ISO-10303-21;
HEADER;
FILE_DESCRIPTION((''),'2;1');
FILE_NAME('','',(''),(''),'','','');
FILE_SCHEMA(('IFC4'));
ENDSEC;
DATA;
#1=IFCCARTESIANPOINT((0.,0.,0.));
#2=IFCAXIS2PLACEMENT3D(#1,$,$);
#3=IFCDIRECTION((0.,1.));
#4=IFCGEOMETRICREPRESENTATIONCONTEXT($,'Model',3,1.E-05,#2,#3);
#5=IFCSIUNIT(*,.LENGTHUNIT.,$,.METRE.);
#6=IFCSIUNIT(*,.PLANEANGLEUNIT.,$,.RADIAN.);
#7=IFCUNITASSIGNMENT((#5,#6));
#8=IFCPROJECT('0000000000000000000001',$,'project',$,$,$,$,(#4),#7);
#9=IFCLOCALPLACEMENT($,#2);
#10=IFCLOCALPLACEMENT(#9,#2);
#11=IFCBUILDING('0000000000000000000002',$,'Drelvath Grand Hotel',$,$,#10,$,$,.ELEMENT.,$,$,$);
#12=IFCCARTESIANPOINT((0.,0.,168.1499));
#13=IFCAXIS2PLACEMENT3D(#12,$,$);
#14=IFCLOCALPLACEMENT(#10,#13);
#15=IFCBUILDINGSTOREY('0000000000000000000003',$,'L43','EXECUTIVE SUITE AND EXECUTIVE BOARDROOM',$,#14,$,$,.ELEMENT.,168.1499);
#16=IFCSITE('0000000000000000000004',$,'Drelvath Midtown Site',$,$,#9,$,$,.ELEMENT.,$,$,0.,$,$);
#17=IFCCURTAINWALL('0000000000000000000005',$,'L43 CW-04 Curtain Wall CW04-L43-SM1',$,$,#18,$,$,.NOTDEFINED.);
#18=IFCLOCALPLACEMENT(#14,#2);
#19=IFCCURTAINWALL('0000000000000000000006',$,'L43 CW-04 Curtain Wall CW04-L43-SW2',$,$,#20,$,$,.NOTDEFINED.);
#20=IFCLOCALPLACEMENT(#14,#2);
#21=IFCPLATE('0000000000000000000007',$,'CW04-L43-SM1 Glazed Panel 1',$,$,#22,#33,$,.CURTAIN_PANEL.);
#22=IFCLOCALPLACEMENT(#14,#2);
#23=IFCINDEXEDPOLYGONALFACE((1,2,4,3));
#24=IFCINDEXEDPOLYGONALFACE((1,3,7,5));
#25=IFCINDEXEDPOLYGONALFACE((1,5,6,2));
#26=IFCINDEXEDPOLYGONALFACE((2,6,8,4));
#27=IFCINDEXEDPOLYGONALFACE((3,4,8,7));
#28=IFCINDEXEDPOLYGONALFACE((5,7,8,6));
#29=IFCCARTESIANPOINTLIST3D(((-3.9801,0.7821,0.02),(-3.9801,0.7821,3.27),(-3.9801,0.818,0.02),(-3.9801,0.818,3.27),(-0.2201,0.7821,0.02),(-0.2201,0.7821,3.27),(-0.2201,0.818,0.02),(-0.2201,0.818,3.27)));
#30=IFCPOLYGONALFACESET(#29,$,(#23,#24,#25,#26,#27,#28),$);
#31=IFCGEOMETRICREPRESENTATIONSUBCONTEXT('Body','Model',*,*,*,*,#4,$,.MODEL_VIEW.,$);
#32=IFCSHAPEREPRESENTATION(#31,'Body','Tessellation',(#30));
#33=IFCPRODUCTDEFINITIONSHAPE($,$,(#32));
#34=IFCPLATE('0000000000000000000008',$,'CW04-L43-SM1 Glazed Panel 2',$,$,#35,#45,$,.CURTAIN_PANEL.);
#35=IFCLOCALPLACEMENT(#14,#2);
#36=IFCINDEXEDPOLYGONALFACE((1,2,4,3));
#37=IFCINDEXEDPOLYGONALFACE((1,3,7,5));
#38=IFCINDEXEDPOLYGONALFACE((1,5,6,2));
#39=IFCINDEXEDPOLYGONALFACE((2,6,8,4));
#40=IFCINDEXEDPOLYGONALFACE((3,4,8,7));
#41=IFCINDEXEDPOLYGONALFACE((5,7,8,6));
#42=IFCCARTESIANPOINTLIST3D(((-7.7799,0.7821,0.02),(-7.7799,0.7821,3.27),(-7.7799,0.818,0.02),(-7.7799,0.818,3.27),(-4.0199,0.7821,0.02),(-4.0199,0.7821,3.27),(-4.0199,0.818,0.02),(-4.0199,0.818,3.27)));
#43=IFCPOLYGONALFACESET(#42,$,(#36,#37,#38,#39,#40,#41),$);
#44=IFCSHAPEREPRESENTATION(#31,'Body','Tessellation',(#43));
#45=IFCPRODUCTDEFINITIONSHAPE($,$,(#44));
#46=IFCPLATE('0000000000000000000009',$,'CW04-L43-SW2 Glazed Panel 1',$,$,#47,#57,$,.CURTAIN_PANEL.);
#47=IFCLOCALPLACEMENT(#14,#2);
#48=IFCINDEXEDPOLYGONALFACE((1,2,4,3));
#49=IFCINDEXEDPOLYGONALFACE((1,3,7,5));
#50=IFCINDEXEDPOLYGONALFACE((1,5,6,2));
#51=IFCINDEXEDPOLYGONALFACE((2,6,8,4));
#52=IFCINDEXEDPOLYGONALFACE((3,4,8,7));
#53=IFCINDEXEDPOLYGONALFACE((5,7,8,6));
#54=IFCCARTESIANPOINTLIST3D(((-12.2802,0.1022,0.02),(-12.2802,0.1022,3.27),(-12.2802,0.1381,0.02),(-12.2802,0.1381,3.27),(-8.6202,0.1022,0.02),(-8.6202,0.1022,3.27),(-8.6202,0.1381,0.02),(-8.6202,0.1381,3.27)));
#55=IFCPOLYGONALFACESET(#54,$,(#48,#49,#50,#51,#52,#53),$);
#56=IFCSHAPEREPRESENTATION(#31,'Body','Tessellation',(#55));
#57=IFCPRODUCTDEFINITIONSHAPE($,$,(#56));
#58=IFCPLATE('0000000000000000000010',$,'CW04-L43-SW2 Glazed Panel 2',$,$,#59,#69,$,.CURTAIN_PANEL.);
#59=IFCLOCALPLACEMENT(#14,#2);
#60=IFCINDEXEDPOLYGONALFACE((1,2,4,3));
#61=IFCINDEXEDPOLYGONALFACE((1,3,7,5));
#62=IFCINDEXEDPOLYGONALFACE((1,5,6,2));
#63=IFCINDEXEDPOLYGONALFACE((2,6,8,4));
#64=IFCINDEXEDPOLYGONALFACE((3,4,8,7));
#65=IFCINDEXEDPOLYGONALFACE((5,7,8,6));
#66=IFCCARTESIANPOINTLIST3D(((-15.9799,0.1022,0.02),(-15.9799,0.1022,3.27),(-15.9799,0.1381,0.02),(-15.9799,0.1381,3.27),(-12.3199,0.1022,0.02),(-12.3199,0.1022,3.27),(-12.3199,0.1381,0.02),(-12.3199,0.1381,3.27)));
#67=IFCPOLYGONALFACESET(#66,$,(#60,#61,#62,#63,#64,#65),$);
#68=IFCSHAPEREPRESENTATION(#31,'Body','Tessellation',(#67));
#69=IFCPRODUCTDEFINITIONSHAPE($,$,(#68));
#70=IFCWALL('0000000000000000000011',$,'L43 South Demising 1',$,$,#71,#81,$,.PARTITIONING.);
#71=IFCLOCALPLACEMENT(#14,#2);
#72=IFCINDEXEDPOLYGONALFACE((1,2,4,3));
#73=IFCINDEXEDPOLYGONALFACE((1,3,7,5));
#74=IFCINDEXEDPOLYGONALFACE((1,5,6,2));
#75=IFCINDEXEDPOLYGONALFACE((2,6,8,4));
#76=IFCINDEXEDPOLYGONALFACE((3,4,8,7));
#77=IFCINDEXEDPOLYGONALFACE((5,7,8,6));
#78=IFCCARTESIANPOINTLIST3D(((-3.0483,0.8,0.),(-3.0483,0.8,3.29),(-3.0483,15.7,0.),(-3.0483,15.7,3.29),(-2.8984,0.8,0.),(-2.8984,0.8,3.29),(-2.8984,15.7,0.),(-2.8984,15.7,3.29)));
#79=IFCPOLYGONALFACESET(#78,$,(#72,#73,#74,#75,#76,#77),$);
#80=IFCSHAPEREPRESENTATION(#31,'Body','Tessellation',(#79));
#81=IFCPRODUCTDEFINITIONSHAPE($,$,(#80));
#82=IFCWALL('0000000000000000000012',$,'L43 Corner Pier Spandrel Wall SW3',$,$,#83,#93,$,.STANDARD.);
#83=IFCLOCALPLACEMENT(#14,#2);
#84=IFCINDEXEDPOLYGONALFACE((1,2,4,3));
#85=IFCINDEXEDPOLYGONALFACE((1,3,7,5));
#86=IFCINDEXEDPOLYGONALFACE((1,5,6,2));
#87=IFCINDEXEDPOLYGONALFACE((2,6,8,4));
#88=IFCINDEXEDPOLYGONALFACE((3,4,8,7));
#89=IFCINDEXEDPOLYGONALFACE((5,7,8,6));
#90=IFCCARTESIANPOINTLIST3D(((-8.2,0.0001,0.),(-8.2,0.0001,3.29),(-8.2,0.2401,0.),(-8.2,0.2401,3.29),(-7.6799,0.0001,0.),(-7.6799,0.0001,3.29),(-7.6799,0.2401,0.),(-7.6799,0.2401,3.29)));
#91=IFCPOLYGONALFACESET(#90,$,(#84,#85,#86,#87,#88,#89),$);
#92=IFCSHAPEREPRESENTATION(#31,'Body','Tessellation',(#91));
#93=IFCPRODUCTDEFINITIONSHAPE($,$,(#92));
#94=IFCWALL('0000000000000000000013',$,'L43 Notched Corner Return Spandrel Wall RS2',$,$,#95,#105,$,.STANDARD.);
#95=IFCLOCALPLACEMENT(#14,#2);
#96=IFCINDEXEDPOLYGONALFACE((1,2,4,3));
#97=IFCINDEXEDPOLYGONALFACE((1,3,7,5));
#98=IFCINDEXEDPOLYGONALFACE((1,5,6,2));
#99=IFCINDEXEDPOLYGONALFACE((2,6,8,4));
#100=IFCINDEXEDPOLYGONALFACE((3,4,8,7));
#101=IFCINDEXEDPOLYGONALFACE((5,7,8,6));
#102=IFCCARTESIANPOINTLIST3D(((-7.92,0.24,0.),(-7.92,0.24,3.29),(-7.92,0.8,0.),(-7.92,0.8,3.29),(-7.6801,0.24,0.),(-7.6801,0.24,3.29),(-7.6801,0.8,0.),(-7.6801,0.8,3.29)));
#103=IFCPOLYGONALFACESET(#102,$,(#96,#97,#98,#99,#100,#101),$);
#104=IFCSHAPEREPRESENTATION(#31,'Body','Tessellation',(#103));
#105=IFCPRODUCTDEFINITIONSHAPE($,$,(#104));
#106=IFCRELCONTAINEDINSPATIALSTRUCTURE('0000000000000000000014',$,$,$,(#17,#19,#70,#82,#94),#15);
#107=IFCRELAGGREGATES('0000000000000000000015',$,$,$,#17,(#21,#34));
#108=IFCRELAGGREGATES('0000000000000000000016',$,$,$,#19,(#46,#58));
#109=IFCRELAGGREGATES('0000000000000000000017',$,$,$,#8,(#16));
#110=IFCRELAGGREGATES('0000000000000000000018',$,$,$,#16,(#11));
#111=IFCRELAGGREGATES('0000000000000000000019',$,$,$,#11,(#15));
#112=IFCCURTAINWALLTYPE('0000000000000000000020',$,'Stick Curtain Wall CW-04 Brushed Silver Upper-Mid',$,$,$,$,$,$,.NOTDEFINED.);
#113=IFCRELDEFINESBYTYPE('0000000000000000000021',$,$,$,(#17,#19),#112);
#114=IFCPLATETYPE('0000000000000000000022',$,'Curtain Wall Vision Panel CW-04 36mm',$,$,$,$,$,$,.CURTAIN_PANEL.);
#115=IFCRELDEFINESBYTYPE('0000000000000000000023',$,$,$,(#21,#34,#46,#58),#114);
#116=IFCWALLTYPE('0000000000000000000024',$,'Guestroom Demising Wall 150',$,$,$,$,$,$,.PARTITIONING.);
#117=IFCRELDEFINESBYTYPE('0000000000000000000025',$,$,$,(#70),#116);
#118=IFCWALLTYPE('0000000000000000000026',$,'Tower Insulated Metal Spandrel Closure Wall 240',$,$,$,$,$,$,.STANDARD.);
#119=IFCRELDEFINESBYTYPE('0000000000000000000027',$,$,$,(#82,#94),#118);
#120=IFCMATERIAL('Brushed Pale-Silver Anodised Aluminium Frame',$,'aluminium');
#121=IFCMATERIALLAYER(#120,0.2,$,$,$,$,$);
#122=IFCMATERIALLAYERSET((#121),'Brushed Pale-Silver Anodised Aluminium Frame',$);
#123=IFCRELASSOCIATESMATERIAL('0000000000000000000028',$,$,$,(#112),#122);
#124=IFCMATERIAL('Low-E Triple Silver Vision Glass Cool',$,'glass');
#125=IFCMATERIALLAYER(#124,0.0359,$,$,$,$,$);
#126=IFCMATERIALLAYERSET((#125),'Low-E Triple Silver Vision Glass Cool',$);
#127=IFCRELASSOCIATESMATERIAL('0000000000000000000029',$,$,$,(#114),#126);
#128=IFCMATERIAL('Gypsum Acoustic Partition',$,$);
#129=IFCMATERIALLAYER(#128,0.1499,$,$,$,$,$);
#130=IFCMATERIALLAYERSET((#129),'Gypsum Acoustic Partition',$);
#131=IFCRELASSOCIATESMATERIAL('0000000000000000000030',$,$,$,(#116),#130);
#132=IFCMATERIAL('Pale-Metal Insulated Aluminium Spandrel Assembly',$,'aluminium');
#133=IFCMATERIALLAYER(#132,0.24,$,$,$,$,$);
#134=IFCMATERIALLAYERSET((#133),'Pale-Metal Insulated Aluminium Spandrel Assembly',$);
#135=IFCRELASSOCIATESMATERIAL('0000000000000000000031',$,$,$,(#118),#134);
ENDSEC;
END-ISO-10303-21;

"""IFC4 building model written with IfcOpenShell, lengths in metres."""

from ifc_helpers import new_model, si_unit, direction, frame, frame_2d, origin, origin_2d, place, context, subcontext, project, spatial, rectangle, extrude, material, layer, layer_set, type_object, element, aggregate, save


model = new_model("IFC4")

# Units and contexts
model_context = context("Model", 3, precision=1e-05, world=origin(), true_north=direction((0.0, 1.0)))
body_context = subcontext(model_context, "Body", "Model", "MODEL_VIEW")
ifc_project = project(units=[si_unit("LENGTHUNIT", "METRE"), si_unit("PLANEANGLEUNIT", "RADIAN")], contexts=[model_context])

# Site, building, storey
site_placement = place(None, origin())
site = spatial("IfcSite", under=ifc_project, at=site_placement, Name="Drelvath Midtown Site", CompositionType="ELEMENT", RefElevation=0.0)
building_placement = place(site_placement, origin())
building = spatial("IfcBuilding", under=site, at=building_placement, Name="Drelvath Grand Hotel", CompositionType="ELEMENT")
storey_placement = place(building_placement, frame((0.0, 0.0, 168.1499)))
storey = spatial("IfcBuildingStorey", under=building, at=storey_placement, Name="L43", Description="EXECUTIVE SUITE AND EXECUTIVE BOARDROOM", CompositionType="ELEMENT", Elevation=168.1499)

# Curtain walls
ifc_material_1 = material(Name="Brushed Pale-Silver Anodised Aluminium Frame", Category="aluminium")
ifc_layer_1 = layer(ifc_material_1, 0.2)
ifc_layer_set_1 = layer_set([ifc_layer_1], Name="Brushed Pale-Silver Anodised Aluminium Frame")
curtain_wall_type = type_object("IfcCurtainWallType", Name="Stick Curtain Wall CW-04 Brushed Silver Upper-Mid", PredefinedType="NOTDEFINED", material=ifc_layer_set_1)
curtain_wall_1_placement = place(storey_placement, origin())
curtain_wall_1 = element("IfcCurtainWall", 1, at=curtain_wall_1_placement, inside=storey, type_object=curtain_wall_type, Name="L43 CW-04 Curtain Wall CW04-L43-SM1", PredefinedType="NOTDEFINED")
curtain_wall_2_placement = place(storey_placement, origin())
curtain_wall_2 = element("IfcCurtainWall", 2, at=curtain_wall_2_placement, inside=storey, type_object=curtain_wall_type, Name="L43 CW-04 Curtain Wall CW04-L43-SW2", PredefinedType="NOTDEFINED")

# Plates
ifc_material_2 = material(Name="Low-E Triple Silver Vision Glass Cool", Category="glass")
ifc_layer_2 = layer(ifc_material_2, 0.0359)
ifc_layer_set_2 = layer_set([ifc_layer_2], Name="Low-E Triple Silver Vision Glass Cool")
plate_type = type_object("IfcPlateType", Name="Curtain Wall Vision Panel CW-04 36mm", PredefinedType="CURTAIN_PANEL", material=ifc_layer_set_2)
plate_1_placement = place(storey_placement, frame((-2.1001, 0.8, 0.02), z_axis=(0.0, 0.0, 1.0), x_axis=(-1.0, 0.0, 0.0)))
plate_1 = element("IfcPlate", 3, at=plate_1_placement, type_object=plate_type, Name="CW04-L43-SM1 Glazed Panel 1", PredefinedType="CURTAIN_PANEL", context=body_context, shape_type="SweptSolid", body=[
    extrude(rectangle(XDim=3.76, YDim=0.0359, at=origin_2d()), origin(), (0.0, 0.0, 1.0), 3.25),
])
plate_2_placement = place(storey_placement, frame((-5.8999, 0.8, 0.02), z_axis=(0.0, 0.0, 1.0), x_axis=(-1.0, 0.0, 0.0)))
plate_2 = element("IfcPlate", 4, at=plate_2_placement, type_object=plate_type, Name="CW04-L43-SM1 Glazed Panel 2", PredefinedType="CURTAIN_PANEL", context=body_context, shape_type="SweptSolid", body=[
    extrude(rectangle(XDim=3.76, YDim=0.0359, at=origin_2d()), origin(), (0.0, 0.0, 1.0), 3.25),
])
aggregate(curtain_wall_1, [plate_1, plate_2])
plate_3_placement = place(storey_placement, frame((-10.4502, 0.1201, 0.02), z_axis=(0.0, 0.0, 1.0), x_axis=(-1.0, 0.0, 0.0)))
plate_3 = element("IfcPlate", 5, at=plate_3_placement, type_object=plate_type, Name="CW04-L43-SW2 Glazed Panel 1", PredefinedType="CURTAIN_PANEL", context=body_context, shape_type="SweptSolid", body=[
    extrude(rectangle(XDim=3.6599, YDim=0.0359, at=origin_2d()), origin(), (0.0, 0.0, 1.0), 3.25),
])
plate_4_placement = place(storey_placement, frame((-14.1499, 0.1201, 0.02), z_axis=(0.0, 0.0, 1.0), x_axis=(-1.0, 0.0, 0.0)))
plate_4 = element("IfcPlate", 6, at=plate_4_placement, type_object=plate_type, Name="CW04-L43-SW2 Glazed Panel 2", PredefinedType="CURTAIN_PANEL", context=body_context, shape_type="SweptSolid", body=[
    extrude(rectangle(XDim=3.6599, YDim=0.0359, at=origin_2d()), origin(), (0.0, 0.0, 1.0), 3.25),
])
aggregate(curtain_wall_2, [plate_3, plate_4])

# Walls
ifc_material_3 = material(Name="Gypsum Acoustic Partition")
ifc_layer_3 = layer(ifc_material_3, 0.1499)
ifc_layer_set_3 = layer_set([ifc_layer_3], Name="Gypsum Acoustic Partition")
wall_type_1 = type_object("IfcWallType", Name="Guestroom Demising Wall 150", PredefinedType="PARTITIONING", material=ifc_layer_set_3)
wall_1_placement = place(storey_placement, frame((-2.9734, 0.8, 0.0), z_axis=(0.0, 0.0, 1.0), x_axis=(0.0, 1.0, 0.0)))
element("IfcWall", 7, at=wall_1_placement, inside=storey, type_object=wall_type_1, Name="L43 South Demising 1", PredefinedType="PARTITIONING", context=body_context, shape_type="SweptSolid", body=[
    extrude(rectangle(XDim=14.8999, YDim=0.1499, at=frame_2d((7.45, 0.0))), origin(), (0.0, 0.0, 1.0), 3.29),
])
ifc_material_4 = material(Name="Pale-Metal Insulated Aluminium Spandrel Assembly", Category="aluminium")
ifc_layer_4 = layer(ifc_material_4, 0.24)
ifc_layer_set_4 = layer_set([ifc_layer_4], Name="Pale-Metal Insulated Aluminium Spandrel Assembly")
wall_type_2 = type_object("IfcWallType", Name="Tower Insulated Metal Spandrel Closure Wall 240", PredefinedType="STANDARD", material=ifc_layer_set_4)
wall_2_placement = place(storey_placement, frame((-7.6799, 0.1201, 0.0), z_axis=(0.0, 0.0, 1.0), x_axis=(-1.0, 0.0, 0.0)))
element("IfcWall", 8, at=wall_2_placement, inside=storey, type_object=wall_type_2, Name="L43 Corner Pier Spandrel Wall SW3", PredefinedType="STANDARD", context=body_context, shape_type="SweptSolid", body=[
    extrude(rectangle(XDim=0.52, YDim=0.24, at=frame_2d((0.26, 0.0))), origin(), (0.0, 0.0, 1.0), 3.29),
])
wall_3_placement = place(storey_placement, frame((-7.8, 0.8, 0.0), z_axis=(0.0, 0.0, 1.0), x_axis=(0.0, -1.0, 0.0)))
element("IfcWall", 9, at=wall_3_placement, inside=storey, type_object=wall_type_2, Name="L43 Notched Corner Return Spandrel Wall RS2", PredefinedType="STANDARD", context=body_context, shape_type="SweptSolid", body=[
    extrude(rectangle(XDim=0.5601, YDim=0.24, at=frame_2d((0.28, 0.0))), origin(), (0.0, 0.0, 1.0), 3.29),
])

save(model, "model.ifc")
